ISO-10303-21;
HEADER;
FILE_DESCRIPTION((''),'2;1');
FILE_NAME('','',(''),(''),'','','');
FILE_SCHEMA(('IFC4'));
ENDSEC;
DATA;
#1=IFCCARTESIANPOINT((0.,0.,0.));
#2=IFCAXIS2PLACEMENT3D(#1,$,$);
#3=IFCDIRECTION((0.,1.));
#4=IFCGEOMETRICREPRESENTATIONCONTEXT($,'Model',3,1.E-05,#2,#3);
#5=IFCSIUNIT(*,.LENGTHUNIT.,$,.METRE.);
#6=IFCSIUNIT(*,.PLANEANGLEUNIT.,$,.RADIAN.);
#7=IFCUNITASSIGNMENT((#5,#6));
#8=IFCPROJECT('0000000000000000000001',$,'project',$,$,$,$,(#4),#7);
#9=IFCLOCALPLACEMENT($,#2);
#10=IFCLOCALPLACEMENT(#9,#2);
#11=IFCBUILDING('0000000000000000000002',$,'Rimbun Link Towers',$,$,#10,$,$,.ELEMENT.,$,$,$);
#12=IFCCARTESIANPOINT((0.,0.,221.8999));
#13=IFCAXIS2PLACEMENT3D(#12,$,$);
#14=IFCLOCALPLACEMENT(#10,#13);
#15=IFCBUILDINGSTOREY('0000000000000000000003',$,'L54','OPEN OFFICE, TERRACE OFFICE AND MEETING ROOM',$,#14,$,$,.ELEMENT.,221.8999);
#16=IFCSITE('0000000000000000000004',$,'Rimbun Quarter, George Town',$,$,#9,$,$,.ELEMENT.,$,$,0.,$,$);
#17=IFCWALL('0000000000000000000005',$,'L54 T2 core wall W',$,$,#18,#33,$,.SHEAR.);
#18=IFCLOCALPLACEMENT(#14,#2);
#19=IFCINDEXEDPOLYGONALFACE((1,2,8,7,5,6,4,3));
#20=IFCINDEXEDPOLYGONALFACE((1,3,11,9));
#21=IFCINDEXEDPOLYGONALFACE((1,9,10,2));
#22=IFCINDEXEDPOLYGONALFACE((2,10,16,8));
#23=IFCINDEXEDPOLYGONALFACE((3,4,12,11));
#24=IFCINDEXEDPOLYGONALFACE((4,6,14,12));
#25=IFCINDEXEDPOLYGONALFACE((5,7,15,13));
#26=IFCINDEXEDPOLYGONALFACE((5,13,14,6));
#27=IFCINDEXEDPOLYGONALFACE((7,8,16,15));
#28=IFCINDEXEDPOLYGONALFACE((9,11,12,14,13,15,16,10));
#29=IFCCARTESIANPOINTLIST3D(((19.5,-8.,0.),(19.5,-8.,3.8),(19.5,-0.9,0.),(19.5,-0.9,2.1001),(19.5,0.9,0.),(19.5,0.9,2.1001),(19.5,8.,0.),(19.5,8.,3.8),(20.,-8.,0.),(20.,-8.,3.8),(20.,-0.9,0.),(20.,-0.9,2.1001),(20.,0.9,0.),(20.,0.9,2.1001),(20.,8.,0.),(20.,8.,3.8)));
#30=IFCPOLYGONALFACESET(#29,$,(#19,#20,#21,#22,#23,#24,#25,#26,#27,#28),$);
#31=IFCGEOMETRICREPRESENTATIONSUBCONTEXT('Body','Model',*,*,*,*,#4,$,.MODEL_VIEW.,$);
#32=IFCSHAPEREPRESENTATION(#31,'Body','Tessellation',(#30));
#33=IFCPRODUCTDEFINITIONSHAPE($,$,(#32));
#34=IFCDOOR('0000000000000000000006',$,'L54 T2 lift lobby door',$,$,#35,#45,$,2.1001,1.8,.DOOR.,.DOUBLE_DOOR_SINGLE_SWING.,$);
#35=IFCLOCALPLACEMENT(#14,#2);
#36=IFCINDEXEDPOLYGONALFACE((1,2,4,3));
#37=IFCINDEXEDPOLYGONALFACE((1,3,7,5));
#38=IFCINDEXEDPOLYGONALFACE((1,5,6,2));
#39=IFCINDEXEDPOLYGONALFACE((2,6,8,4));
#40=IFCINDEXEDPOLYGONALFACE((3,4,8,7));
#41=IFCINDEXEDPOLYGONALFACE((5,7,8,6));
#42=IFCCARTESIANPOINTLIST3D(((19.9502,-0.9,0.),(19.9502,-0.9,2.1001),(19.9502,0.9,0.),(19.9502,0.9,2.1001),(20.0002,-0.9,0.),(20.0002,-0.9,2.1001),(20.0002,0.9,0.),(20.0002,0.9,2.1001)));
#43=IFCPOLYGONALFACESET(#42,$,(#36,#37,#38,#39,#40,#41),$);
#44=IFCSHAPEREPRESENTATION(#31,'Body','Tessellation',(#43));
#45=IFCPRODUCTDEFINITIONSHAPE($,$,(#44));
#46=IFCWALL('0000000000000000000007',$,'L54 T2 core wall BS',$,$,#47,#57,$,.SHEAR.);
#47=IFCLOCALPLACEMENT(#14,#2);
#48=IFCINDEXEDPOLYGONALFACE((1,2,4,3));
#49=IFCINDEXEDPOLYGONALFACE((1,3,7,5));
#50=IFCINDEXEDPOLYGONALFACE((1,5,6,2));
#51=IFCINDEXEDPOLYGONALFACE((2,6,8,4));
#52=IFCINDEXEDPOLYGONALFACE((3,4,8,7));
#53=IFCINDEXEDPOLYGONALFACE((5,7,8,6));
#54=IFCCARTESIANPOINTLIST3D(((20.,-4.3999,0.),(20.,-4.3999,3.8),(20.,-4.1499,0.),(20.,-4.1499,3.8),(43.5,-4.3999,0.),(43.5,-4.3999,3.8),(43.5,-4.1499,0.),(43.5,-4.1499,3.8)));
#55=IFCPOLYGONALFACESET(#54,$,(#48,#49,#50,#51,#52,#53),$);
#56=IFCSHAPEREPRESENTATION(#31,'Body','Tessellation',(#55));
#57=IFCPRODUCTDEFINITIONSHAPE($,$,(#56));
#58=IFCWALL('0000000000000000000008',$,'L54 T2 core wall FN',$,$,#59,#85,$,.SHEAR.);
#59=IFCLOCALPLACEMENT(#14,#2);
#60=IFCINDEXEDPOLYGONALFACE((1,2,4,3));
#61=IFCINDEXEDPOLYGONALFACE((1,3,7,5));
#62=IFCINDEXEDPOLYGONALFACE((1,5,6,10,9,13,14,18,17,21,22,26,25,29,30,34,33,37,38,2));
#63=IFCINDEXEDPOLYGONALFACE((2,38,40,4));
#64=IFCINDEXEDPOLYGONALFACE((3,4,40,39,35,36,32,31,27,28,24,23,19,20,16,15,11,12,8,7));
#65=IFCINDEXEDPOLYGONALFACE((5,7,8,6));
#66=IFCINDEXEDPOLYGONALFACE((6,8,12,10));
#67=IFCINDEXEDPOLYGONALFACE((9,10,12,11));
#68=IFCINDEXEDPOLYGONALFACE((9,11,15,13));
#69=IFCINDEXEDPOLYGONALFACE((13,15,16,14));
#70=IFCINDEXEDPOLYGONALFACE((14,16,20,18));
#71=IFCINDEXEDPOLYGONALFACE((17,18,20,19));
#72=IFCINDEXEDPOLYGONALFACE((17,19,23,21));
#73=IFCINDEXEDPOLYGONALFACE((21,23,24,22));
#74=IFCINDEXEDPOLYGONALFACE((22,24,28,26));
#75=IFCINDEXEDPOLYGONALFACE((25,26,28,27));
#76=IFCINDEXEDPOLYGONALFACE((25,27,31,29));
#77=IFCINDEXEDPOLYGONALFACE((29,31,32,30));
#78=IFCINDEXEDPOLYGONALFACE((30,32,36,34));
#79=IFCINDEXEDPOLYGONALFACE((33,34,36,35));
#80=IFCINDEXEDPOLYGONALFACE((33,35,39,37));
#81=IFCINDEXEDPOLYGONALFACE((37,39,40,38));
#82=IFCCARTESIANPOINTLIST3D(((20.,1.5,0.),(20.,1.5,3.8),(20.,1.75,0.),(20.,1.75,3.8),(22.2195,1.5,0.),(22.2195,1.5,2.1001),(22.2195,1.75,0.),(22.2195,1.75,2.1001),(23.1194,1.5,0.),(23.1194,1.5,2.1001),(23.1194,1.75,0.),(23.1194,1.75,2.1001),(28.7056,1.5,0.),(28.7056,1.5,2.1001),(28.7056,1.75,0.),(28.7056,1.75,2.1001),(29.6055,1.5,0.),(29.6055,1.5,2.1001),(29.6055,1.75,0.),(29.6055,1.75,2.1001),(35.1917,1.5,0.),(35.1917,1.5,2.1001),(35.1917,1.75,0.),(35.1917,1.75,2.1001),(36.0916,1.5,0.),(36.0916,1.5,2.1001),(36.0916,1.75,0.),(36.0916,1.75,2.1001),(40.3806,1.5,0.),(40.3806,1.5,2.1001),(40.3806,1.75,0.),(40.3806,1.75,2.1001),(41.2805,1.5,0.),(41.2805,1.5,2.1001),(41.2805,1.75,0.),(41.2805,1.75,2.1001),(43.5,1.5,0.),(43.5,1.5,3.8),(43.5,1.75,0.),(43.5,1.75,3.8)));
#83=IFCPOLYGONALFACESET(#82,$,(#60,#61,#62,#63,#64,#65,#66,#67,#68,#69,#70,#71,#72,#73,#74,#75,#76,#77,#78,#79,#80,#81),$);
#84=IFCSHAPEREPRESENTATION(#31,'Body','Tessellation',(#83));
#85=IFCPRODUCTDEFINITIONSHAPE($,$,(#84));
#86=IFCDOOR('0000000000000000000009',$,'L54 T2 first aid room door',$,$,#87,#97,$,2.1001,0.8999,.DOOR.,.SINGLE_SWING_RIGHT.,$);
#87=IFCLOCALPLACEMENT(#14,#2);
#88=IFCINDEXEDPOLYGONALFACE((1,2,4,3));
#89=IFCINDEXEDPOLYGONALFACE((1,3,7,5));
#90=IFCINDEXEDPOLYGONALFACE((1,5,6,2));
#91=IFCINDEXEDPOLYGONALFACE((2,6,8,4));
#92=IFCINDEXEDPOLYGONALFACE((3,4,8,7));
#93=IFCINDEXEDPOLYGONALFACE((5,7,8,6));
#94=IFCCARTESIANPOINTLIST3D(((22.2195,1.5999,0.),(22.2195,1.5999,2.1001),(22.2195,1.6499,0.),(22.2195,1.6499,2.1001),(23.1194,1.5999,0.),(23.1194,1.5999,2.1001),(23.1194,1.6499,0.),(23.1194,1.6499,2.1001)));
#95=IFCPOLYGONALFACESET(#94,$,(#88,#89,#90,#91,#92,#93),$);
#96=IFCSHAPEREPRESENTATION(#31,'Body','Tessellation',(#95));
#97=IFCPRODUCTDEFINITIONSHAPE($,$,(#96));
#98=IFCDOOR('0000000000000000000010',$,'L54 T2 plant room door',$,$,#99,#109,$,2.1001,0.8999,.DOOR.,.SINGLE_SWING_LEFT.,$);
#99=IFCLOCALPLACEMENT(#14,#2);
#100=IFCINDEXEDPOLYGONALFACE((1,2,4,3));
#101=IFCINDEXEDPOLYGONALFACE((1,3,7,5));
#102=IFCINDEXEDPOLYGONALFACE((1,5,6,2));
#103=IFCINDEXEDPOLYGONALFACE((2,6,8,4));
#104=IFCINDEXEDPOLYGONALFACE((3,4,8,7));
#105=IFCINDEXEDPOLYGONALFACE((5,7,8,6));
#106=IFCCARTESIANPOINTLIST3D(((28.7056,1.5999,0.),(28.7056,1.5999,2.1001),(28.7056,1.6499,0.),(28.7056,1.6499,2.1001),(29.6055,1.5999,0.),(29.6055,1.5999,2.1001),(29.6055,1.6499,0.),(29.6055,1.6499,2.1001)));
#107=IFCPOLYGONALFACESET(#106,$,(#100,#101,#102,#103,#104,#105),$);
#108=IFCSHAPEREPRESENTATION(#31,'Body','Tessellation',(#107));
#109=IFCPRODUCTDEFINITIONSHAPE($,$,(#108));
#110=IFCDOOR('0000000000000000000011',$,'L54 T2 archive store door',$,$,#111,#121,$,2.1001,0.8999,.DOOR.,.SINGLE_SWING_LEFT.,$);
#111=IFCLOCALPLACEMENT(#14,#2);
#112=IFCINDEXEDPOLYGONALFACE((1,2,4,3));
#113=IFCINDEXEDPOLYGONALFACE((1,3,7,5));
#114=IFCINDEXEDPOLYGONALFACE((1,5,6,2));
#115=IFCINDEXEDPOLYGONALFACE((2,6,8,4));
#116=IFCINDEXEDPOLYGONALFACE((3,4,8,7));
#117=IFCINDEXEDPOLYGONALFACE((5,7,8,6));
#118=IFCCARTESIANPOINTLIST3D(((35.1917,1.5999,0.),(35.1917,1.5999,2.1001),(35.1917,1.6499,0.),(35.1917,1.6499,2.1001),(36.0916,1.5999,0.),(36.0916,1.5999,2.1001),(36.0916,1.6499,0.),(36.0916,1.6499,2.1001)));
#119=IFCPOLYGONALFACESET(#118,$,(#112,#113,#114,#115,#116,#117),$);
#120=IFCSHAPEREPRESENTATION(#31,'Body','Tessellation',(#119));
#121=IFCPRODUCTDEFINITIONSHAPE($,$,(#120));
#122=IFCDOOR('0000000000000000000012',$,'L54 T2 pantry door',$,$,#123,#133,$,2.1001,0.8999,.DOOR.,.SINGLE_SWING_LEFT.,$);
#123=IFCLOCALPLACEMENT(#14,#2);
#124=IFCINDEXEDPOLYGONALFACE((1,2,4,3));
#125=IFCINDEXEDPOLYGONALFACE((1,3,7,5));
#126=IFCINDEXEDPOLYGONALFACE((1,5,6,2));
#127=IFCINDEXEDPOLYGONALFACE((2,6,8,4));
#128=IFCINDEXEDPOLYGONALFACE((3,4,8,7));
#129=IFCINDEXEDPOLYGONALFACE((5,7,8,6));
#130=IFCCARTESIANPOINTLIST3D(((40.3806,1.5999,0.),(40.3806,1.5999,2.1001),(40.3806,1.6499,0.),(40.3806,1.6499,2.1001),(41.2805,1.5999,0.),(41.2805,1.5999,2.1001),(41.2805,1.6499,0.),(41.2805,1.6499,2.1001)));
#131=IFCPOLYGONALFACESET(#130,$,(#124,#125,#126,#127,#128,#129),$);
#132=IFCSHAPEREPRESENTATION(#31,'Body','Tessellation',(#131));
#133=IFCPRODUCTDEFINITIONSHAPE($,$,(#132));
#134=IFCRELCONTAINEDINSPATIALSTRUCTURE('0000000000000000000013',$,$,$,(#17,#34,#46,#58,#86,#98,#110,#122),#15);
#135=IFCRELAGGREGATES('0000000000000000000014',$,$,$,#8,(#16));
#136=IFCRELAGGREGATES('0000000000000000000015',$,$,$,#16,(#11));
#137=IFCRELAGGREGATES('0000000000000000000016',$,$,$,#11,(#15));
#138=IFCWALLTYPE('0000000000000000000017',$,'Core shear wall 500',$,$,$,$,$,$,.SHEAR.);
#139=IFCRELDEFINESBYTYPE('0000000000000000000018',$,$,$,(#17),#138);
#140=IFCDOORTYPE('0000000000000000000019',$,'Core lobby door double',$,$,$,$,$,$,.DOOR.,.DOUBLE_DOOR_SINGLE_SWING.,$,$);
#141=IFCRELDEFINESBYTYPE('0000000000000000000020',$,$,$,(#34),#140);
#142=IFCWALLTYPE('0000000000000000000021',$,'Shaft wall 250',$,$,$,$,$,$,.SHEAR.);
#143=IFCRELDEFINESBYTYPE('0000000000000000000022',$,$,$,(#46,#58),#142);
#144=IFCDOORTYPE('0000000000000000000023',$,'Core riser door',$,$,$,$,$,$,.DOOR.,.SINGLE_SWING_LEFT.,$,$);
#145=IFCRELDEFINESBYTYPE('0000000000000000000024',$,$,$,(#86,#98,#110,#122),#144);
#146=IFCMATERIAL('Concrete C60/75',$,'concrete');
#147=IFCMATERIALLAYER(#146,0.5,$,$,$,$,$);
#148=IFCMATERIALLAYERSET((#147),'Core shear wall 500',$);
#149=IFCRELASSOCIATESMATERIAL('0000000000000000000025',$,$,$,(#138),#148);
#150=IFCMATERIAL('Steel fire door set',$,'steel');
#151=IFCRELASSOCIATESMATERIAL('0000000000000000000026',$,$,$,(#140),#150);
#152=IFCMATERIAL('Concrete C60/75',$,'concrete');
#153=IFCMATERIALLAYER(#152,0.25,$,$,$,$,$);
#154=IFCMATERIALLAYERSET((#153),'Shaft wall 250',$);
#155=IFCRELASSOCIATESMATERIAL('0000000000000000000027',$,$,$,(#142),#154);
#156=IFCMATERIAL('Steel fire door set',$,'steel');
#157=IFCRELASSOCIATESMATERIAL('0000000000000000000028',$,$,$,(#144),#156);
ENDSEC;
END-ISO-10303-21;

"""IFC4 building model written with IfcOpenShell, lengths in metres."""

from ifc_helpers import new_model, si_unit, direction, frame, frame_2d, origin, place, context, subcontext, project, spatial, rectangle, extrude, material, layer, layer_set, type_object, element, fill, save


model = new_model("IFC4")

# Units and contexts
model_context = context("Model", 3, precision=1e-05, world=origin(), true_north=direction((0.0, 1.0)))
body_context = subcontext(model_context, "Body", "Model", "MODEL_VIEW")
ifc_project = project(units=[si_unit("LENGTHUNIT", "METRE"), si_unit("PLANEANGLEUNIT", "RADIAN")], contexts=[model_context])

# Site, building, storey
site_placement = place(None, origin())
site = spatial("IfcSite", under=ifc_project, at=site_placement, Name="Rimbun Quarter, George Town", CompositionType="ELEMENT", RefElevation=0.0)
building_placement = place(site_placement, origin())
building = spatial("IfcBuilding", under=site, at=building_placement, Name="Rimbun Link Towers", CompositionType="ELEMENT")
storey_placement = place(building_placement, frame((0.0, 0.0, 221.8999)))
storey = spatial("IfcBuildingStorey", under=building, at=storey_placement, Name="L54", Description="OPEN OFFICE, TERRACE OFFICE AND MEETING ROOM", CompositionType="ELEMENT", Elevation=221.8999)

# Shared definitions
ifc_material_1 = material(Name="Concrete C60/75", Category="concrete")
ifc_layer_1 = layer(ifc_material_1, 0.5)
ifc_layer_set_1 = layer_set([ifc_layer_1], Name="Core shear wall 500")
wall_type_1 = type_object("IfcWallType", Name="Core shear wall 500", PredefinedType="SHEAR", material=ifc_layer_set_1)

# Wall, opening, door
wall_1_placement = place(storey_placement, frame((19.75, -8.0, 0.0), z_axis=(0.0, 0.0, 1.0), x_axis=(0.0, 1.0, 0.0)))
wall_1 = element("IfcWall", 1, at=wall_1_placement, inside=storey, type_object=wall_type_1, Name="L54 T2 core wall W", PredefinedType="SHEAR", context=body_context, shape_type="SweptSolid", body=[
    extrude(rectangle(XDim=16.0, YDim=0.5, at=frame_2d((8.0, 0.0))), origin(), (0.0, 0.0, 1.0), 3.8),
])
opening_1_placement = place(wall_1_placement, frame((7.1001, 0.0, 0.0)))
opening_1 = element("IfcOpeningElement", 2, at=opening_1_placement, cuts=wall_1, PredefinedType="OPENING", context=body_context, shape_type="SweptSolid", body=[
    extrude(rectangle(XDim=1.8, YDim=2.1001, at=frame_2d((0.8999, 1.05))), frame((0.0, 0.26, 0.0), z_axis=(0.0, -1.0, 0.0), x_axis=(1.0, 0.0, 0.0)), (0.0, 0.0, 1.0), 0.52),
])
ifc_material_2 = material(Name="Steel fire door set", Category="steel")
door_type_1 = type_object("IfcDoorType", Name="Core lobby door double", OperationType="DOUBLE_DOOR_SINGLE_SWING", PredefinedType="DOOR", material=ifc_material_2)
door_1_placement = place(opening_1_placement, origin())
door_1 = element("IfcDoor", 3, at=door_1_placement, inside=storey, type_object=door_type_1, Name="L54 T2 lift lobby door", OperationType="DOUBLE_DOOR_SINGLE_SWING", OverallHeight=2.1001, OverallWidth=1.8, PredefinedType="DOOR", context=body_context, shape_type="SweptSolid", body=[
    extrude(rectangle(XDim=1.8, YDim=2.1001, at=frame_2d((0.8999, 1.05))), frame((0.0, -0.2002, 0.0), z_axis=(0.0, -1.0, 0.0), x_axis=(1.0, 0.0, 0.0)), (0.0, 0.0, 1.0), 0.05),
])
fill(opening_1, door_1)

# Wall
ifc_material_3 = material(Name="Concrete C60/75", Category="concrete")
ifc_layer_2 = layer(ifc_material_3, 0.25)
ifc_layer_set_2 = layer_set([ifc_layer_2], Name="Shaft wall 250")
wall_type_2 = type_object("IfcWallType", Name="Shaft wall 250", PredefinedType="SHEAR", material=ifc_layer_set_2)
wall_2_placement = place(storey_placement, frame((20.0, -4.2749, 0.0), z_axis=(0.0, 0.0, 1.0), x_axis=(1.0, 0.0, 0.0)))
element("IfcWall", 4, at=wall_2_placement, inside=storey, type_object=wall_type_2, Name="L54 T2 core wall BS", PredefinedType="SHEAR", context=body_context, shape_type="SweptSolid", body=[
    extrude(rectangle(XDim=23.5, YDim=0.25, at=frame_2d((11.75, 0.0))), origin(), (0.0, 0.0, 1.0), 3.8),
])

# Wall, openings, doors
wall_3_placement = place(storey_placement, frame((20.0, 1.625, 0.0), z_axis=(0.0, 0.0, 1.0), x_axis=(1.0, 0.0, 0.0)))
wall_3 = element("IfcWall", 5, at=wall_3_placement, inside=storey, type_object=wall_type_2, Name="L54 T2 core wall FN", PredefinedType="SHEAR", context=body_context, shape_type="SweptSolid", body=[
    extrude(rectangle(XDim=23.5, YDim=0.25, at=frame_2d((11.75, 0.0))), origin(), (0.0, 0.0, 1.0), 3.8),
])
opening_2_placement = place(wall_3_placement, frame((2.2195, 0.0, 0.0)))
opening_2 = element("IfcOpeningElement", 6, at=opening_2_placement, cuts=wall_3, PredefinedType="OPENING", context=body_context, shape_type="SweptSolid", body=[
    extrude(rectangle(XDim=0.8999, YDim=2.1001, at=frame_2d((0.45, 1.05))), frame((0.0, 0.135, 0.0), z_axis=(0.0, -1.0, 0.0), x_axis=(1.0, 0.0, 0.0)), (0.0, 0.0, 1.0), 0.27),
])
opening_3_placement = place(wall_3_placement, frame((8.7056, 0.0, 0.0)))
opening_3 = element("IfcOpeningElement", 7, at=opening_3_placement, cuts=wall_3, PredefinedType="OPENING", context=body_context, shape_type="SweptSolid", body=[
    extrude(rectangle(XDim=0.8999, YDim=2.1001, at=frame_2d((0.45, 1.05))), frame((0.0, 0.135, 0.0), z_axis=(0.0, -1.0, 0.0), x_axis=(1.0, 0.0, 0.0)), (0.0, 0.0, 1.0), 0.27),
])
opening_4_placement = place(wall_3_placement, frame((15.1917, 0.0, 0.0)))
opening_4 = element("IfcOpeningElement", 8, at=opening_4_placement, cuts=wall_3, PredefinedType="OPENING", context=body_context, shape_type="SweptSolid", body=[
    extrude(rectangle(XDim=0.8999, YDim=2.1001, at=frame_2d((0.45, 1.05))), frame((0.0, 0.135, 0.0), z_axis=(0.0, -1.0, 0.0), x_axis=(1.0, 0.0, 0.0)), (0.0, 0.0, 1.0), 0.27),
])
opening_5_placement = place(wall_3_placement, frame((20.3806, 0.0, 0.0)))
opening_5 = element("IfcOpeningElement", 9, at=opening_5_placement, cuts=wall_3, PredefinedType="OPENING", context=body_context, shape_type="SweptSolid", body=[
    extrude(rectangle(XDim=0.8999, YDim=2.1001, at=frame_2d((0.45, 1.05))), frame((0.0, 0.135, 0.0), z_axis=(0.0, -1.0, 0.0), x_axis=(1.0, 0.0, 0.0)), (0.0, 0.0, 1.0), 0.27),
])
ifc_material_4 = material(Name="Steel fire door set", Category="steel")
door_type_2 = type_object("IfcDoorType", Name="Core riser door", OperationType="SINGLE_SWING_LEFT", PredefinedType="DOOR", material=ifc_material_4)
door_2_placement = place(opening_2_placement, origin())
door_2 = element("IfcDoor", 10, at=door_2_placement, inside=storey, type_object=door_type_2, Name="L54 T2 first aid room door", OperationType="SINGLE_SWING_RIGHT", OverallHeight=2.1001, OverallWidth=0.8999, PredefinedType="DOOR", context=body_context, shape_type="SweptSolid", body=[
    extrude(rectangle(XDim=0.8999, YDim=2.1001, at=frame_2d((0.45, 1.05))), frame((0.0, 0.0249, 0.0), z_axis=(0.0, -1.0, 0.0), x_axis=(1.0, 0.0, 0.0)), (0.0, 0.0, 1.0), 0.05),
])
fill(opening_2, door_2)
door_3_placement = place(opening_3_placement, origin())
door_3 = element("IfcDoor", 11, at=door_3_placement, inside=storey, type_object=door_type_2, Name="L54 T2 plant room door", OperationType="SINGLE_SWING_LEFT", OverallHeight=2.1001, OverallWidth=0.8999, PredefinedType="DOOR", context=body_context, shape_type="SweptSolid", body=[
    extrude(rectangle(XDim=0.8999, YDim=2.1001, at=frame_2d((0.45, 1.05))), frame((0.0, 0.0249, 0.0), z_axis=(0.0, -1.0, 0.0), x_axis=(1.0, 0.0, 0.0)), (0.0, 0.0, 1.0), 0.05),
])
fill(opening_3, door_3)
door_4_placement = place(opening_4_placement, origin())
door_4 = element("IfcDoor", 12, at=door_4_placement, inside=storey, type_object=door_type_2, Name="L54 T2 archive store door", OperationType="SINGLE_SWING_LEFT", OverallHeight=2.1001, OverallWidth=0.8999, PredefinedType="DOOR", context=body_context, shape_type="SweptSolid", body=[
    extrude(rectangle(XDim=0.8999, YDim=2.1001, at=frame_2d((0.45, 1.05))), frame((0.0, 0.0249, 0.0), z_axis=(0.0, -1.0, 0.0), x_axis=(1.0, 0.0, 0.0)), (0.0, 0.0, 1.0), 0.05),
])
fill(opening_4, door_4)
door_5_placement = place(opening_5_placement, origin())
door_5 = element("IfcDoor", 13, at=door_5_placement, inside=storey, type_object=door_type_2, Name="L54 T2 pantry door", OperationType="SINGLE_SWING_LEFT", OverallHeight=2.1001, OverallWidth=0.8999, PredefinedType="DOOR", context=body_context, shape_type="SweptSolid", body=[
    extrude(rectangle(XDim=0.8999, YDim=2.1001, at=frame_2d((0.45, 1.05))), frame((0.0, 0.0249, 0.0), z_axis=(0.0, -1.0, 0.0), x_axis=(1.0, 0.0, 0.0)), (0.0, 0.0, 1.0), 0.05),
])
fill(opening_5, door_5)

save(model, "model.ifc")
